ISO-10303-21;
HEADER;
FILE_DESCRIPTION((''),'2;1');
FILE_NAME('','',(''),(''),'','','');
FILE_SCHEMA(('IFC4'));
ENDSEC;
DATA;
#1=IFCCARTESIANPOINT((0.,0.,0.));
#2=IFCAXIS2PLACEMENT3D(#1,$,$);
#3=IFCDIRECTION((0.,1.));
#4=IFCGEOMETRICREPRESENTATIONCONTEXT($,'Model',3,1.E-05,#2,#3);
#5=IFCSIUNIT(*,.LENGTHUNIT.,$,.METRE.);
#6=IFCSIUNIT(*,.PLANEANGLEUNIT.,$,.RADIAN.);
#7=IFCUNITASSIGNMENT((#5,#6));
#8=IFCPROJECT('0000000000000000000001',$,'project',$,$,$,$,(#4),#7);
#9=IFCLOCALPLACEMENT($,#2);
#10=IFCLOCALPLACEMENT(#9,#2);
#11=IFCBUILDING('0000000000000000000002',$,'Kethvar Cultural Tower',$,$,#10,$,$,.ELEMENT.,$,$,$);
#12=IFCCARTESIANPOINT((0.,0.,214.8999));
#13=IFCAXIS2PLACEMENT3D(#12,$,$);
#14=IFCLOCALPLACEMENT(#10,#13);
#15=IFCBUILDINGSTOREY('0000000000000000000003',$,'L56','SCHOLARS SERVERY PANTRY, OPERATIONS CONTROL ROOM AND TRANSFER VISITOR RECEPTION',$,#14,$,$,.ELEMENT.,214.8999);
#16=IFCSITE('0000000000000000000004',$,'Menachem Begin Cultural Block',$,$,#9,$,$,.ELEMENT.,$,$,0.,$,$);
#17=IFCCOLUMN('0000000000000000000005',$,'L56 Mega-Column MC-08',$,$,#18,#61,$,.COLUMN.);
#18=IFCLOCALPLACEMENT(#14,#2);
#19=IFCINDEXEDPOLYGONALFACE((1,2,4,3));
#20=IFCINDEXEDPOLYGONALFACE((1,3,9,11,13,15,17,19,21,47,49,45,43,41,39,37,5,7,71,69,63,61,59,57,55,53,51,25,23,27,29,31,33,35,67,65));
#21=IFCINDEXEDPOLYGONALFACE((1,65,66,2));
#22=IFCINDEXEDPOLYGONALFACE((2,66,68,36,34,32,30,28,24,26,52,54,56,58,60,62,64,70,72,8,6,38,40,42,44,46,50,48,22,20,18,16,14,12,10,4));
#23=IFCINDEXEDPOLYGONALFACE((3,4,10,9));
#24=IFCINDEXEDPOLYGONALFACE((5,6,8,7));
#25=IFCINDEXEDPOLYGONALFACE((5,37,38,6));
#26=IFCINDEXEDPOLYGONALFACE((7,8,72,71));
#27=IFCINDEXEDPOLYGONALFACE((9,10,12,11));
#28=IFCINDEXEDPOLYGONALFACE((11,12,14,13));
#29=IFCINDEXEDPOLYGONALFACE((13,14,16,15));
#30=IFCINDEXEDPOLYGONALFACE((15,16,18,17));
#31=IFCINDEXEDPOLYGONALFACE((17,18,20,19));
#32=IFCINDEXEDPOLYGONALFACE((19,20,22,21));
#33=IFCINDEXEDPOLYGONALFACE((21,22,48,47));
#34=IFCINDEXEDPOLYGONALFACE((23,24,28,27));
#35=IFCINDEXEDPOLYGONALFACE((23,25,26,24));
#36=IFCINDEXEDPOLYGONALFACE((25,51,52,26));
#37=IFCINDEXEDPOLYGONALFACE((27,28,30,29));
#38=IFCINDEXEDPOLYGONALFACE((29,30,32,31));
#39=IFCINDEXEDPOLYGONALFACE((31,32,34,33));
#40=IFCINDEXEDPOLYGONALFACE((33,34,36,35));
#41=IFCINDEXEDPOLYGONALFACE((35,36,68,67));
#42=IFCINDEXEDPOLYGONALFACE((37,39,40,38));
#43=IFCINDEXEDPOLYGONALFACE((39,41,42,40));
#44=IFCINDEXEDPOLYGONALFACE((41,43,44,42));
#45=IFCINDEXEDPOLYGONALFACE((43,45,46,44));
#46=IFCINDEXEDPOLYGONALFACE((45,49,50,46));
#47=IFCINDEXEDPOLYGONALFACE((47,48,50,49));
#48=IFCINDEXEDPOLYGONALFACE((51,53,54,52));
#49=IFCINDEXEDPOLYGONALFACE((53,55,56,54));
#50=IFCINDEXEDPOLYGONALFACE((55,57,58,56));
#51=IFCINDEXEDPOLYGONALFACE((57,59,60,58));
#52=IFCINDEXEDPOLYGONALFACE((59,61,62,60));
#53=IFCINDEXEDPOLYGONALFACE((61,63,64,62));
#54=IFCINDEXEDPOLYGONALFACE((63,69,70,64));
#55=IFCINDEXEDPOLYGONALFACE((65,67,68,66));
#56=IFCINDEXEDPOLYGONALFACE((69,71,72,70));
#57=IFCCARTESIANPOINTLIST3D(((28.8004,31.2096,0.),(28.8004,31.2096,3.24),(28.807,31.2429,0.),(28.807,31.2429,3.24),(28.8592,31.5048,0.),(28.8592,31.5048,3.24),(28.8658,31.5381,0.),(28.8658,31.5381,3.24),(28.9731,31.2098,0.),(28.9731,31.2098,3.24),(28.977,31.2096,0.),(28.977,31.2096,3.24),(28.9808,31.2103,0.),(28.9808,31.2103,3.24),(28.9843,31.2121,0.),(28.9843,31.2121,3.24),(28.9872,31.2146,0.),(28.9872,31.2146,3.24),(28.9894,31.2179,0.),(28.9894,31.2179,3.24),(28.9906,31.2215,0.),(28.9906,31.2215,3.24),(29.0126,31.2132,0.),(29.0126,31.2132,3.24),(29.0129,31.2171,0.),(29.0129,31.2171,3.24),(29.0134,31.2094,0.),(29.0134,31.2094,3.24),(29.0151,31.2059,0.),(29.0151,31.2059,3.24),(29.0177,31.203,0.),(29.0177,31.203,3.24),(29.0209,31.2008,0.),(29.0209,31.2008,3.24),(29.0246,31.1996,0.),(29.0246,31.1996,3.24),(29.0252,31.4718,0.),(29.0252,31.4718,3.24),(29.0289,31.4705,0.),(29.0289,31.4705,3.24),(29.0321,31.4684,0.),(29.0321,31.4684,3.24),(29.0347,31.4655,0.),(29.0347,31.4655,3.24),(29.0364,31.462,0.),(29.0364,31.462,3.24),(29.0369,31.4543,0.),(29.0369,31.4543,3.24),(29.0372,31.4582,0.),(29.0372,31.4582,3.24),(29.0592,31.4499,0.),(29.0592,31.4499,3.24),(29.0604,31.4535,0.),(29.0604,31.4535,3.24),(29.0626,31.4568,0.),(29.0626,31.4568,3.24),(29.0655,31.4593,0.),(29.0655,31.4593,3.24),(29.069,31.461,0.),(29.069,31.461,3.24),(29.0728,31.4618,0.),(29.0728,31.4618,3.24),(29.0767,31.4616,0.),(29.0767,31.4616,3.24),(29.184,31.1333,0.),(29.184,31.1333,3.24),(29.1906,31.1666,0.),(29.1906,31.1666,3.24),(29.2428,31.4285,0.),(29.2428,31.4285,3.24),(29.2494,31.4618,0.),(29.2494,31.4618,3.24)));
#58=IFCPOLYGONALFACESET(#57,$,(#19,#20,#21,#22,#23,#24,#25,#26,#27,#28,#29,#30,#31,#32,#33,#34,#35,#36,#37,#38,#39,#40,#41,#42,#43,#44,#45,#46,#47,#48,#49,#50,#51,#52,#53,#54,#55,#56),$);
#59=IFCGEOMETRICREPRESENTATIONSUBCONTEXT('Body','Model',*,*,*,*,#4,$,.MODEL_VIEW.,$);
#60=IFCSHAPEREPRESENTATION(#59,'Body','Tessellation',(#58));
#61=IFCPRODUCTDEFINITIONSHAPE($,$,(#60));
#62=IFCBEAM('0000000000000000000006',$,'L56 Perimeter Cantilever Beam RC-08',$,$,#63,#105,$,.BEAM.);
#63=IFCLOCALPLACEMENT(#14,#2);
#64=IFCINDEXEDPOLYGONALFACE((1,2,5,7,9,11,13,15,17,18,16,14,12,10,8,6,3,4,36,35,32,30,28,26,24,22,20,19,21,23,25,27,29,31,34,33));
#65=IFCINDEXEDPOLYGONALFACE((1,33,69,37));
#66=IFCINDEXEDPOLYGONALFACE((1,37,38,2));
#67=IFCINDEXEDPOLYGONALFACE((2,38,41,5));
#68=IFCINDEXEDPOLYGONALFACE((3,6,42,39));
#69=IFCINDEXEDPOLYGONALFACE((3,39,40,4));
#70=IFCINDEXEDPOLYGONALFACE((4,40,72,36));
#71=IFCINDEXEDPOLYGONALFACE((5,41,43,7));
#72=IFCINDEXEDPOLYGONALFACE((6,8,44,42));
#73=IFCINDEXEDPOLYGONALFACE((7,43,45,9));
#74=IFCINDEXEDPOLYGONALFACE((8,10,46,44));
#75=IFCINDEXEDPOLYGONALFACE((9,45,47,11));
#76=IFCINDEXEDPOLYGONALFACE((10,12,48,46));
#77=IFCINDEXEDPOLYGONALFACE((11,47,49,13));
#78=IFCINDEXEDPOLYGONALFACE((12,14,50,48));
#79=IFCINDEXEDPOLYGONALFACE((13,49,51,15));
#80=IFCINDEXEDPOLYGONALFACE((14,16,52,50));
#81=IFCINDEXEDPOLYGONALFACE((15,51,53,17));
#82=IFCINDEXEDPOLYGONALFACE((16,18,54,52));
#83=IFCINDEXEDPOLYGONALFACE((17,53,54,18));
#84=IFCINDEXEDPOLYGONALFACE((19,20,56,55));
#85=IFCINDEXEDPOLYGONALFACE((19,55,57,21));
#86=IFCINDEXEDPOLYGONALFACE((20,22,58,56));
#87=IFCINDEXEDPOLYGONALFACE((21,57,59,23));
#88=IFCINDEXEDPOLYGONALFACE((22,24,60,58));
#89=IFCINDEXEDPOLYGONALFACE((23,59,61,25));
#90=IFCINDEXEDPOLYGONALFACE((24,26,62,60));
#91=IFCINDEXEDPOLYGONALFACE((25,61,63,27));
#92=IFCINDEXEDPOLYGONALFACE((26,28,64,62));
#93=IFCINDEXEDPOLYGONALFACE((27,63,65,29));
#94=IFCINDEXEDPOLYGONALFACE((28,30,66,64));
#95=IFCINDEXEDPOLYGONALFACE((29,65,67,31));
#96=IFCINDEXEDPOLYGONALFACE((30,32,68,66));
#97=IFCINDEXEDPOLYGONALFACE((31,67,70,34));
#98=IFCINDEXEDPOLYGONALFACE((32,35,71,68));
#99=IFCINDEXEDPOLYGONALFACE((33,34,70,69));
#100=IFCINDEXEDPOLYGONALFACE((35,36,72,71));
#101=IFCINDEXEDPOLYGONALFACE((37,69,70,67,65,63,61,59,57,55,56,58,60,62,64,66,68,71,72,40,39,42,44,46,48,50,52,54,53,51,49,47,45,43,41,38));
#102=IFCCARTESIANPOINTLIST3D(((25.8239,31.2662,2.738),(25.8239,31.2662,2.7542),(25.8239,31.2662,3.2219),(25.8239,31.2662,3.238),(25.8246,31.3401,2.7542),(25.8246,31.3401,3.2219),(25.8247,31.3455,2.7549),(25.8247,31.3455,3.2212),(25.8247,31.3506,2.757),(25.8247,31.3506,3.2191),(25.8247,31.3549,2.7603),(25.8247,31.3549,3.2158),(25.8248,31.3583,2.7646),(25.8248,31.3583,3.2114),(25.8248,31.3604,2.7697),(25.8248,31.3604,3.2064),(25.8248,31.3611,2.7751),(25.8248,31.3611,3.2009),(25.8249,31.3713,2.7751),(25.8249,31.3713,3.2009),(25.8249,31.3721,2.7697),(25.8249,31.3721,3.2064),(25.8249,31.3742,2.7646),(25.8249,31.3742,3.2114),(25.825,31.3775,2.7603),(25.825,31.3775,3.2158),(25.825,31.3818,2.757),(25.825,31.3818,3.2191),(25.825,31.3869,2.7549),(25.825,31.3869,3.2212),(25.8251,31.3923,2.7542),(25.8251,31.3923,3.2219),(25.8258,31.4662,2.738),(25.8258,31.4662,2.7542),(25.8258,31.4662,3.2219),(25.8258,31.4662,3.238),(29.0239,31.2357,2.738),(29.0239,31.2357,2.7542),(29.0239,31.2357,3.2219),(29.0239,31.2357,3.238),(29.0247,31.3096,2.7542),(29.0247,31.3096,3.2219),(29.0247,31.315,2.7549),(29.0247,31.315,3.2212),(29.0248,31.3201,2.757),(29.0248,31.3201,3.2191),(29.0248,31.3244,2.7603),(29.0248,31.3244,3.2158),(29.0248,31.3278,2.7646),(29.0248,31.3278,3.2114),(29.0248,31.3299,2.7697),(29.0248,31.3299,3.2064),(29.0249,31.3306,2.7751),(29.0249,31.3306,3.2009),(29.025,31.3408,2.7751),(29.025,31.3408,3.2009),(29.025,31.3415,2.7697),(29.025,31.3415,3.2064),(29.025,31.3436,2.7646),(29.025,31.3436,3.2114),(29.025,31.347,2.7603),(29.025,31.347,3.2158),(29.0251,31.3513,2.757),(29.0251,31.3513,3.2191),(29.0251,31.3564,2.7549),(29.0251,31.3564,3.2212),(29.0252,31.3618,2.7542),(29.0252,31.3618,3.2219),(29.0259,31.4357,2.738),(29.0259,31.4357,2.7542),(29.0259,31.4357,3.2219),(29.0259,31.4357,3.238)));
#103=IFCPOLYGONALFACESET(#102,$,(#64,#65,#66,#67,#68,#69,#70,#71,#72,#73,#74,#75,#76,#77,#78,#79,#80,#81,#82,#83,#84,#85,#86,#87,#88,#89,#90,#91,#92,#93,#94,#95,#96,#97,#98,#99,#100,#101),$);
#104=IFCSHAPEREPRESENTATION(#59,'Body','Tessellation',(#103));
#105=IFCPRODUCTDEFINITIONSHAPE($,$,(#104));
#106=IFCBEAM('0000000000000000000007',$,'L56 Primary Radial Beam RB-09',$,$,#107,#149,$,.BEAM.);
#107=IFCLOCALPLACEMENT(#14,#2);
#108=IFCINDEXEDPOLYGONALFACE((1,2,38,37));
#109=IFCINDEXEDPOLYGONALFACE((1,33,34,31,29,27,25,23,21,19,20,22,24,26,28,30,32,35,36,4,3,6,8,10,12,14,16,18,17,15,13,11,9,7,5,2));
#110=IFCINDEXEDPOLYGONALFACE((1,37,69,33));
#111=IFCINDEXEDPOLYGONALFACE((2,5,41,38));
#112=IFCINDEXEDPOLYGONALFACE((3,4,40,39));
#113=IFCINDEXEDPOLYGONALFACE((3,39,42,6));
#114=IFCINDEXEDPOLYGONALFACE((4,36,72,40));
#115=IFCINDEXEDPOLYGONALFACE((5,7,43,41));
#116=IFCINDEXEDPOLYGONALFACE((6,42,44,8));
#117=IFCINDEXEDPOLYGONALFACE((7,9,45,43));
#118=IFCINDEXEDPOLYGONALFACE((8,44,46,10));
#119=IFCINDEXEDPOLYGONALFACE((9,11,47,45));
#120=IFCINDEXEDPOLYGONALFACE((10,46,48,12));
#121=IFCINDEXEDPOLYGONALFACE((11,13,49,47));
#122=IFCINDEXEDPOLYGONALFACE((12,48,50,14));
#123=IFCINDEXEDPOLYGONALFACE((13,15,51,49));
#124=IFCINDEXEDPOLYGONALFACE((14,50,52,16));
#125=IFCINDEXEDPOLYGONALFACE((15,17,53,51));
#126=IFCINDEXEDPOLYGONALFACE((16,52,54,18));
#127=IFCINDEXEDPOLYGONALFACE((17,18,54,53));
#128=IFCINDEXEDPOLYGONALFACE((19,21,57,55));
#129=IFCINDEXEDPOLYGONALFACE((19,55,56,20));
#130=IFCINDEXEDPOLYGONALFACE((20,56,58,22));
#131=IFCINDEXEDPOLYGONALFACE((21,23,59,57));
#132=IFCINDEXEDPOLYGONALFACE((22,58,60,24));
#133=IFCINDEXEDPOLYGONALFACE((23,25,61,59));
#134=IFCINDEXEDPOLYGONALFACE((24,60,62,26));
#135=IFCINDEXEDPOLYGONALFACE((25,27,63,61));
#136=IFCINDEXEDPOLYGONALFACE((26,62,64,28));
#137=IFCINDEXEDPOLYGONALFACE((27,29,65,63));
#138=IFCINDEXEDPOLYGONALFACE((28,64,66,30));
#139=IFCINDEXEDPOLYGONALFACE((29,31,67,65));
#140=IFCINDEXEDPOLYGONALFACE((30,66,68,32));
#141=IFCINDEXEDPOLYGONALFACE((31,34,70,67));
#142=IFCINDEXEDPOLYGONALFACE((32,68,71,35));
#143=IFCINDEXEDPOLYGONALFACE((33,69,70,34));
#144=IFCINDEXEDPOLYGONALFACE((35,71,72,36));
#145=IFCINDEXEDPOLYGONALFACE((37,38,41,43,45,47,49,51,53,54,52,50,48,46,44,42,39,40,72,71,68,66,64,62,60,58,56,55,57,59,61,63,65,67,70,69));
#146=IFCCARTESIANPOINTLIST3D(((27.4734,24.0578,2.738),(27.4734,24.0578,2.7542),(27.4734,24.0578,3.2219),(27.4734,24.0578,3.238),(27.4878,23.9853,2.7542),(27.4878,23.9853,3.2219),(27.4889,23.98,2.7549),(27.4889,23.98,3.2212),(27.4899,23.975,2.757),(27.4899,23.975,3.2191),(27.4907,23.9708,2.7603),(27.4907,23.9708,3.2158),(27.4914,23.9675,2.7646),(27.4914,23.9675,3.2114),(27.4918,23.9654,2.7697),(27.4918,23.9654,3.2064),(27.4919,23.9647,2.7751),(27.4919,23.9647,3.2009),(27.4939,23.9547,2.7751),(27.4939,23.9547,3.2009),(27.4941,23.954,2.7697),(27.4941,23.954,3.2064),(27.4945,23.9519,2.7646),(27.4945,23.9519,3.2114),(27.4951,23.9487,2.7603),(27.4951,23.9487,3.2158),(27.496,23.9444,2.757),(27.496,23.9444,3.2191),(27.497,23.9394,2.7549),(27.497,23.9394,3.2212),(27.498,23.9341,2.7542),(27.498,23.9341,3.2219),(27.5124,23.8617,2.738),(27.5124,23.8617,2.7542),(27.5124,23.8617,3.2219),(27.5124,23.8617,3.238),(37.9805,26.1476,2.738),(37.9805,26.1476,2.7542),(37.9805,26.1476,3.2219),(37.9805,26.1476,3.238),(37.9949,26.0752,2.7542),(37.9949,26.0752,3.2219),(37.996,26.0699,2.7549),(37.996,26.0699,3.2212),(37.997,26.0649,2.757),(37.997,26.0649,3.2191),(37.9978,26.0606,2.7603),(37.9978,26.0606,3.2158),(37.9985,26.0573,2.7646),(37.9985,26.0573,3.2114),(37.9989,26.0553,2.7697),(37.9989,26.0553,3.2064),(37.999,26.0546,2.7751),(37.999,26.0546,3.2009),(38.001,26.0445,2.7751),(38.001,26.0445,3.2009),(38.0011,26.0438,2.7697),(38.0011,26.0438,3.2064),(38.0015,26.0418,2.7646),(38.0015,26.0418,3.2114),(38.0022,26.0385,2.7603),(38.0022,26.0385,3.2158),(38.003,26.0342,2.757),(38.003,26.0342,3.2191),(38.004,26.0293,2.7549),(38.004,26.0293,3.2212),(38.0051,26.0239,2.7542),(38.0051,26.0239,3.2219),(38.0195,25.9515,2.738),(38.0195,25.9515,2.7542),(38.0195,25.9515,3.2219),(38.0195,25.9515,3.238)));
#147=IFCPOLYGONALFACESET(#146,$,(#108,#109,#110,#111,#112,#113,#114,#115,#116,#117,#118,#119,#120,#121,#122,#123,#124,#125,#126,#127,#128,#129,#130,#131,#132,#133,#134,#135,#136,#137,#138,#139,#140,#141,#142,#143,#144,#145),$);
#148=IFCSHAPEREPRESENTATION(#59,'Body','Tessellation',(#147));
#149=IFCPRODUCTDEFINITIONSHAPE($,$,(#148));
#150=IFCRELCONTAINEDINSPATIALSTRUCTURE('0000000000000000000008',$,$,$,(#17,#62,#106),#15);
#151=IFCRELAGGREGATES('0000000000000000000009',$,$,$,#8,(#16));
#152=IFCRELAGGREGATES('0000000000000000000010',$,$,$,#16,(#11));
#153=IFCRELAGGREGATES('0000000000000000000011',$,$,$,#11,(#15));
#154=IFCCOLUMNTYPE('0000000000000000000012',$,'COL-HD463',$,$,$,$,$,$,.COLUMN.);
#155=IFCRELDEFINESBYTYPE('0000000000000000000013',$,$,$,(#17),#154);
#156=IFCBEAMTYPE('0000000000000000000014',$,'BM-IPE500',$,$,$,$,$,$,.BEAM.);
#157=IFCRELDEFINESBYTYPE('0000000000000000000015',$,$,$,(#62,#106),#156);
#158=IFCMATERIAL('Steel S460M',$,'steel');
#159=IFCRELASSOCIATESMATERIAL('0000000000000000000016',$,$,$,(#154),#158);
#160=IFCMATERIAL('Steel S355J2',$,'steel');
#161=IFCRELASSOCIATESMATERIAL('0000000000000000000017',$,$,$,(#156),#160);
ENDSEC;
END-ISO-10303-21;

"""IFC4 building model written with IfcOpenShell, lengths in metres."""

from ifc_helpers import new_model, si_unit, direction, frame, origin, origin_2d, place, context, subcontext, project, spatial, i_section, extrude, source, transform, mapped, material, material_profile, profile_set, type_object, element, save


model = new_model("IFC4")

# Units and contexts
model_context = context("Model", 3, precision=1e-05, world=origin(), true_north=direction((0.0, 1.0)))
body_context = subcontext(model_context, "Body", "Model", "MODEL_VIEW")
ifc_project = project(units=[si_unit("LENGTHUNIT", "METRE"), si_unit("PLANEANGLEUNIT", "RADIAN")], contexts=[model_context])

# Site, building, storey
site_placement = place(None, origin())
site = spatial("IfcSite", under=ifc_project, at=site_placement, Name="Menachem Begin Cultural Block", CompositionType="ELEMENT", RefElevation=0.0)
building_placement = place(site_placement, origin())
building = spatial("IfcBuilding", under=site, at=building_placement, Name="Kethvar Cultural Tower", CompositionType="ELEMENT")
storey_placement = place(building_placement, frame((0.0, 0.0, 214.8999)))
storey = spatial("IfcBuildingStorey", under=building, at=storey_placement, Name="L56", Description="SCHOLARS SERVERY PANTRY, OPERATIONS CONTROL ROOM AND TRANSFER VISITOR RECEPTION", CompositionType="ELEMENT", Elevation=214.8999)

# Column
ifc_material_1 = material(Name="Steel S460M", Category="steel")
ifc_material_profile_1 = material_profile(ifc_material_1, i_section(OverallWidth=0.3911, OverallDepth=0.335, WebThickness=0.0227, FlangeThickness=0.0339, FilletRadius=0.0149, at=origin_2d()), Name="Steel S460M — HD400x463")
ifc_profile_set_1 = profile_set([ifc_material_profile_1], Name="Steel S460M — HD400x463")
column_type = type_object("IfcColumnType", Name="COL-HD463", PredefinedType="COLUMN", material=ifc_profile_set_1)
shared_shape_1 = source(origin(), body_context, "Body", "SweptSolid", [
    extrude(i_section(OverallWidth=0.3911, OverallDepth=0.335, WebThickness=0.0227, FlangeThickness=0.0339, FilletRadius=0.0149, at=origin_2d()), origin(), (0.0, 0.0, 1.0), 3.24),
])
column_placement = place(storey_placement, frame((29.0249, 31.3357, 0.0), z_axis=(0.0, 0.0, 1.0), x_axis=(-0.980785, 0.19509, 0.0)))
element("IfcColumn", 1, at=column_placement, inside=storey, type_object=column_type, Name="L56 Mega-Column MC-08", PredefinedType="COLUMN", context=body_context, shape_type="MappedRepresentation", body=[
    mapped(shared_shape_1, transform((0.0, 0.0, 0.0), scale=1.0)),
])

# Beams
ifc_material_2 = material(Name="Steel S355J2", Category="steel")
ifc_material_profile_2 = material_profile(ifc_material_2, i_section(OverallWidth=0.2, OverallDepth=0.5, WebThickness=0.0103, FlangeThickness=0.0161, FilletRadius=0.021, at=origin_2d()), Name="Steel S355J2 — IPE500")
ifc_profile_set_2 = profile_set([ifc_material_profile_2], Name="Steel S355J2 — IPE500")
beam_type_1 = type_object("IfcBeamType", Name="BM-IPE500", PredefinedType="BEAM", material=ifc_profile_set_2)
shared_shape_2 = source(origin(), body_context, "Body", "SweptSolid", [
    extrude(i_section(OverallWidth=0.2, OverallDepth=0.5, WebThickness=0.0103, FlangeThickness=0.0161, FilletRadius=0.021, at=origin_2d()), origin(), (0.0, 0.0, 1.0), 3.2002),
])
beam_1_placement = place(storey_placement, frame((29.0249, 31.3357, 2.988), z_axis=(-0.999955, 0.009536, 0.0), x_axis=(-0.009536, -0.999955, 0.0)))
element("IfcBeam", 2, at=beam_1_placement, inside=storey, type_object=beam_type_1, Name="L56 Perimeter Cantilever Beam RC-08", PredefinedType="BEAM", context=body_context, shape_type="MappedRepresentation", body=[
    mapped(shared_shape_2, transform((0.0, 0.0, 0.0), scale=1.0)),
])
shared_shape_3 = source(origin(), body_context, "Body", "SweptSolid", [
    extrude(i_section(OverallWidth=0.2, OverallDepth=0.5, WebThickness=0.0103, FlangeThickness=0.0161, FilletRadius=0.021, at=origin_2d()), origin(), (0.0, 0.0, 1.0), 10.7129),
])
beam_2_placement = place(storey_placement, frame((38.0, 26.0496, 2.988), z_axis=(-0.980788, -0.195077, 0.0), x_axis=(0.195077, -0.980788, 0.0)))
element("IfcBeam", 3, at=beam_2_placement, inside=storey, type_object=beam_type_1, Name="L56 Primary Radial Beam RB-09", PredefinedType="BEAM", context=body_context, shape_type="MappedRepresentation", body=[
    mapped(shared_shape_3, transform((0.0, 0.0, 0.0), scale=1.0)),
])

save(model, "model.ifc")
